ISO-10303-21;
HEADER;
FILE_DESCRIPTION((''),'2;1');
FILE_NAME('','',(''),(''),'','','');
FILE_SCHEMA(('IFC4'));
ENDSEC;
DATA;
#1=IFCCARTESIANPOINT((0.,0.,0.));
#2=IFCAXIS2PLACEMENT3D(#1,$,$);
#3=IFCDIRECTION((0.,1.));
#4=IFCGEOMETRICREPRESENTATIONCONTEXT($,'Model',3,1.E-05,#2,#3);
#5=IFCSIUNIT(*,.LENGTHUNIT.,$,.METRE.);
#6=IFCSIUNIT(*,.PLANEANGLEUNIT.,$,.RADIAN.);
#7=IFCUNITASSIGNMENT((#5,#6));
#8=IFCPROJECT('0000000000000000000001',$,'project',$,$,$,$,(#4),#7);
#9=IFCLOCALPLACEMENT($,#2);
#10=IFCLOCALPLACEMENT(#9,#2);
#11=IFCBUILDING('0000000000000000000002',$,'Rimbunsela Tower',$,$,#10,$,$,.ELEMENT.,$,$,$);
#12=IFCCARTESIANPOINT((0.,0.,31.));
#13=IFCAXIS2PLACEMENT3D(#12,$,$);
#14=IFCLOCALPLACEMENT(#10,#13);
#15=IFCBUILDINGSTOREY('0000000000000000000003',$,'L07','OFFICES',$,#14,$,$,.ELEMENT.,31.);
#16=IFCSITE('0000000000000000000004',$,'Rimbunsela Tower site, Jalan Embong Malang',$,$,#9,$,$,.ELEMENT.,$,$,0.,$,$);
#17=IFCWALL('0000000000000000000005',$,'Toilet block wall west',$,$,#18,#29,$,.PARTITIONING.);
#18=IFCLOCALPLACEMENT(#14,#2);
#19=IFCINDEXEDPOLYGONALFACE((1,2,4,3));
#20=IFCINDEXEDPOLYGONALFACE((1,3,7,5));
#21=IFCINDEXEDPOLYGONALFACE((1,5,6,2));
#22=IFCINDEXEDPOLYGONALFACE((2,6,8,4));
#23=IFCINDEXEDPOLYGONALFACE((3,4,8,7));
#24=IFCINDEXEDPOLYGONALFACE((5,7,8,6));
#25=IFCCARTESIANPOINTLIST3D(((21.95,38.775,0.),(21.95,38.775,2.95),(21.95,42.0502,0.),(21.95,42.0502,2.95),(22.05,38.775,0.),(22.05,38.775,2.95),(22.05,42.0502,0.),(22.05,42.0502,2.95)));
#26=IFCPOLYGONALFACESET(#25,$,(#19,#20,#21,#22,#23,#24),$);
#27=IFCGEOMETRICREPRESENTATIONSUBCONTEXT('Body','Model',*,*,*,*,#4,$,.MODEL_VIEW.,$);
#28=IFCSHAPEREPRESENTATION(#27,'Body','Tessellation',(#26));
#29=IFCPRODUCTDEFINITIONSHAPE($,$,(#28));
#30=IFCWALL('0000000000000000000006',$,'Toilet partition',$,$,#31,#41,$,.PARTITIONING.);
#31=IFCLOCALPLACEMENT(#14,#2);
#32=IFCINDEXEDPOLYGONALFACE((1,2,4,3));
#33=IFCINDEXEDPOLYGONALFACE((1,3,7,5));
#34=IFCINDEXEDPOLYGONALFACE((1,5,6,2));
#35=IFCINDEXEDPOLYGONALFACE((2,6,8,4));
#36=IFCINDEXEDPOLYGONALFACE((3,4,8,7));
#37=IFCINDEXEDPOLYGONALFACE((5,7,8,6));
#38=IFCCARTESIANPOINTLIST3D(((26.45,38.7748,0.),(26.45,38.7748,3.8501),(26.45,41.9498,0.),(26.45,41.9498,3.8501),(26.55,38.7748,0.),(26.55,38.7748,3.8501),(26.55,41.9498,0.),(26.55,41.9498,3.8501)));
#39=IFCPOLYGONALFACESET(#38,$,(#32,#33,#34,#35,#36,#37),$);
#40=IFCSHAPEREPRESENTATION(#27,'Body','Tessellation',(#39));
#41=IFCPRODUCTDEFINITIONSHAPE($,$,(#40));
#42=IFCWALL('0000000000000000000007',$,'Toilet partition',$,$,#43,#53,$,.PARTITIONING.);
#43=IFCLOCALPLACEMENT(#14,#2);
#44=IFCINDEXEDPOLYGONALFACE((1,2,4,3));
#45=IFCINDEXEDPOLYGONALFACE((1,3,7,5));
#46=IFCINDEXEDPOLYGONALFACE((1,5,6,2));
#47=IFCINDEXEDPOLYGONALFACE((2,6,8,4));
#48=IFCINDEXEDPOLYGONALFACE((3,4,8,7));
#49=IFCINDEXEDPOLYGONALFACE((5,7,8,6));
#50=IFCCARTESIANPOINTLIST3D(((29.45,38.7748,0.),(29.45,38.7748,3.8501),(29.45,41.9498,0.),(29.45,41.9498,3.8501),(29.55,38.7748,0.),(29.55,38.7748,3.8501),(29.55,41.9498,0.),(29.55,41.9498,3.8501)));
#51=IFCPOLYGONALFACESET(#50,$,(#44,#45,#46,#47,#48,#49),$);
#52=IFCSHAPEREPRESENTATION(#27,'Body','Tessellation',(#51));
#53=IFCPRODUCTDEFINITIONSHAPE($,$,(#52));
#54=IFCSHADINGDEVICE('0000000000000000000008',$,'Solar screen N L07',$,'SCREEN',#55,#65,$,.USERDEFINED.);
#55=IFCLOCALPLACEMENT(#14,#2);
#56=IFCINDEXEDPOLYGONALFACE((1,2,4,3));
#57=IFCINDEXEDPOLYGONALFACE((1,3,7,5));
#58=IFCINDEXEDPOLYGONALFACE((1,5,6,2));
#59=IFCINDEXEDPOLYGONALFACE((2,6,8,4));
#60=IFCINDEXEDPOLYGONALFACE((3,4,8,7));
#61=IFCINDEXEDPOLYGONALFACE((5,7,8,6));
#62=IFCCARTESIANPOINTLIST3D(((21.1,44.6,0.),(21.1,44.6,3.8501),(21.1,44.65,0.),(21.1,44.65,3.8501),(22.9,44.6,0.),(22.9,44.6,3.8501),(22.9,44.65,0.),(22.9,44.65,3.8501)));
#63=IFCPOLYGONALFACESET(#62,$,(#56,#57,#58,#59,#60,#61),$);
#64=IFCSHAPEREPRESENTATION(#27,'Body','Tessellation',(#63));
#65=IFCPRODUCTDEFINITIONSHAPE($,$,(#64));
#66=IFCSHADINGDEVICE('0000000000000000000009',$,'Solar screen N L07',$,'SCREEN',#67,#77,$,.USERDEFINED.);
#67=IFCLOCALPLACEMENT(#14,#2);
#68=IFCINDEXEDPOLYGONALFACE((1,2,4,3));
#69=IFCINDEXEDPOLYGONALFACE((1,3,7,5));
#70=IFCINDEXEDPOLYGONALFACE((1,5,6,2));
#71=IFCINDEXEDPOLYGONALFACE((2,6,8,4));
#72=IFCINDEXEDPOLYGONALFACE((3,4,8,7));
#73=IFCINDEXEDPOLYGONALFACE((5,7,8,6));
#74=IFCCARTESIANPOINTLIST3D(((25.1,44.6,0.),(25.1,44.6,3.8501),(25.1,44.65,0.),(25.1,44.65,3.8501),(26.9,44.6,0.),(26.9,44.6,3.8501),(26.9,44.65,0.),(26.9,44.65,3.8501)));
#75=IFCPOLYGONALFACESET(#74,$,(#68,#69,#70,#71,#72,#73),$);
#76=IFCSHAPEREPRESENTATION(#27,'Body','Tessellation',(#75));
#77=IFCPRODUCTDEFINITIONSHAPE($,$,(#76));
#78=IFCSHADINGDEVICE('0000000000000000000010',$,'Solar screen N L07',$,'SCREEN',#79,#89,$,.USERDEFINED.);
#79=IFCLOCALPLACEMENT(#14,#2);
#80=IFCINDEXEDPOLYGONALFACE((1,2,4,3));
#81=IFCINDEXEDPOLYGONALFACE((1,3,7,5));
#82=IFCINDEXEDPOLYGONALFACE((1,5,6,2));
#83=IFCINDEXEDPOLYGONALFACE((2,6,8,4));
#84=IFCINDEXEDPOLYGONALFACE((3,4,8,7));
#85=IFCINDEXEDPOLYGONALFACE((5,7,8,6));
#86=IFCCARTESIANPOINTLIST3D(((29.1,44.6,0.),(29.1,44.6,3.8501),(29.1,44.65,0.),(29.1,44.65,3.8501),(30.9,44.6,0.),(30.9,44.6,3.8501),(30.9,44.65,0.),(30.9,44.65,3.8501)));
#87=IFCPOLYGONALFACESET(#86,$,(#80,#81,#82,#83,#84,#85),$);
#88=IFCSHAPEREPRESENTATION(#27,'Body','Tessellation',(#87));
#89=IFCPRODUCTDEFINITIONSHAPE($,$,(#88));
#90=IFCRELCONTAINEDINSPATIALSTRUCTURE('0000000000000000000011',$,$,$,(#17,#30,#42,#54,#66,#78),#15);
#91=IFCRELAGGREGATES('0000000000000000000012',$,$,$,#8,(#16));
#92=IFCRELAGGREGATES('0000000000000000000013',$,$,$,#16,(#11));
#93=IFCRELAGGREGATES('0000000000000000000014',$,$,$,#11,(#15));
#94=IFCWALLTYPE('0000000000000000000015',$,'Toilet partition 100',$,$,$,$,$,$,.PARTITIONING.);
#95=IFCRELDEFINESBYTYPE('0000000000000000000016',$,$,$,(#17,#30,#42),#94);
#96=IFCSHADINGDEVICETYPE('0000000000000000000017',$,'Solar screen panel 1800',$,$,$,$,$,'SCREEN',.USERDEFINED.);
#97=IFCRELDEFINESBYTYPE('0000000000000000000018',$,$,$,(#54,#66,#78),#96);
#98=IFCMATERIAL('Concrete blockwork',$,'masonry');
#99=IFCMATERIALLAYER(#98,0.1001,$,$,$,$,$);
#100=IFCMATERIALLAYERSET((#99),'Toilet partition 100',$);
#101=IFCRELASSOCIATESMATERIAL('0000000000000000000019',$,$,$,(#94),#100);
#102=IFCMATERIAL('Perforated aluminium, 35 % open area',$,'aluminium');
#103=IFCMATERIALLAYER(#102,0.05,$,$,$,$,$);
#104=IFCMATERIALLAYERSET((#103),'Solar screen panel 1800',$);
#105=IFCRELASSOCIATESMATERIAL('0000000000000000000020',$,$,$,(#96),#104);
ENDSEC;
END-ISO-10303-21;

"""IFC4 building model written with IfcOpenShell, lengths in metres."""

from ifc_helpers import new_model, si_unit, direction, frame, frame_2d, origin, origin_2d, place, context, subcontext, project, spatial, rectangle, extrude, material, layer, layer_set, type_object, element, save


model = new_model("IFC4")

# Units and contexts
model_context = context("Model", 3, precision=1e-05, world=origin(), true_north=direction((0.0, 1.0)))
body_context = subcontext(model_context, "Body", "Model", "MODEL_VIEW")
ifc_project = project(units=[si_unit("LENGTHUNIT", "METRE"), si_unit("PLANEANGLEUNIT", "RADIAN")], contexts=[model_context])

# Site, building, storey
site_placement = place(None, origin())
site = spatial("IfcSite", under=ifc_project, at=site_placement, Name="Rimbunsela Tower site, Jalan Embong Malang", CompositionType="ELEMENT", RefElevation=0.0)
building_placement = place(site_placement, origin())
building = spatial("IfcBuilding", under=site, at=building_placement, Name="Rimbunsela Tower", CompositionType="ELEMENT")
storey_placement = place(building_placement, frame((0.0, 0.0, 31.0)))
storey = spatial("IfcBuildingStorey", under=building, at=storey_placement, Name="L07", Description="OFFICES", CompositionType="ELEMENT", Elevation=31.0)

# Walls
ifc_material_1 = material(Name="Concrete blockwork", Category="masonry")
ifc_layer_1 = layer(ifc_material_1, 0.1001)
ifc_layer_set_1 = layer_set([ifc_layer_1], Name="Toilet partition 100")
wall_type_1 = type_object("IfcWallType", Name="Toilet partition 100", PredefinedType="PARTITIONING", material=ifc_layer_set_1)
wall_1_placement = place(storey_placement, frame((22.0, 38.7749, 0.0), z_axis=(0.0, 0.0, 1.0), x_axis=(0.0, 1.0, 0.0)))
element("IfcWall", 1, at=wall_1_placement, inside=storey, type_object=wall_type_1, Name="Toilet block wall west", PredefinedType="PARTITIONING", context=body_context, shape_type="SweptSolid", body=[
    extrude(rectangle(XDim=3.2751, YDim=0.1001, at=frame_2d((1.6377, 0.0))), origin(), (0.0, 0.0, 1.0), 2.95),
])
for number, where, z_axis, x_axis, name in (
    (2, (26.5, 38.7749, 0.0), (0.0, 0.0, 1.0), (0.0, 1.0, 0.0), "Toilet partition"),
    (3, (29.5, 38.7749, 0.0), (0.0, 0.0, 1.0), (0.0, 1.0, 0.0), "Toilet partition"),
):
    element("IfcWall", number, at=place(storey_placement, frame(where, z_axis=z_axis, x_axis=x_axis)), inside=storey, type_object=wall_type_1, Name=name, PredefinedType="PARTITIONING", context=body_context, shape_type="SweptSolid", body=[
        extrude(rectangle(XDim=3.175, YDim=0.1001, at=frame_2d((1.5874, 0.0))), origin(), (0.0, 0.0, 1.0), 3.8501),
    ])

# Shading devices
ifc_material_2 = material(Name="Perforated aluminium, 35 % open area", Category="aluminium")
ifc_layer_2 = layer(ifc_material_2, 0.05)
ifc_layer_set_2 = layer_set([ifc_layer_2], Name="Solar screen panel 1800")
shading_device_type = type_object("IfcShadingDeviceType", Name="Solar screen panel 1800", ElementType="SCREEN", PredefinedType="USERDEFINED", material=ifc_layer_set_2)
for number, where, z_axis, x_axis, name in (
    (4, (22.0, 44.625, 0.0), (0.0, 0.0, 1.0), (1.0, 0.0, 0.0), "Solar screen N L07"),
    (5, (26.0, 44.625, 0.0), (0.0, 0.0, 1.0), (1.0, 0.0, 0.0), "Solar screen N L07"),
    (6, (30.0, 44.625, 0.0), (0.0, 0.0, 1.0), (1.0, 0.0, 0.0), "Solar screen N L07"),
):
    element("IfcShadingDevice", number, at=place(storey_placement, frame(where, z_axis=z_axis, x_axis=x_axis)), inside=storey, type_object=shading_device_type, Name=name, ObjectType="SCREEN", PredefinedType="USERDEFINED", context=body_context, shape_type="SweptSolid", body=[
        extrude(rectangle(XDim=1.8, YDim=0.05, at=origin_2d()), origin(), (0.0, 0.0, 1.0), 3.8501),
    ])

save(model, "model.ifc")
